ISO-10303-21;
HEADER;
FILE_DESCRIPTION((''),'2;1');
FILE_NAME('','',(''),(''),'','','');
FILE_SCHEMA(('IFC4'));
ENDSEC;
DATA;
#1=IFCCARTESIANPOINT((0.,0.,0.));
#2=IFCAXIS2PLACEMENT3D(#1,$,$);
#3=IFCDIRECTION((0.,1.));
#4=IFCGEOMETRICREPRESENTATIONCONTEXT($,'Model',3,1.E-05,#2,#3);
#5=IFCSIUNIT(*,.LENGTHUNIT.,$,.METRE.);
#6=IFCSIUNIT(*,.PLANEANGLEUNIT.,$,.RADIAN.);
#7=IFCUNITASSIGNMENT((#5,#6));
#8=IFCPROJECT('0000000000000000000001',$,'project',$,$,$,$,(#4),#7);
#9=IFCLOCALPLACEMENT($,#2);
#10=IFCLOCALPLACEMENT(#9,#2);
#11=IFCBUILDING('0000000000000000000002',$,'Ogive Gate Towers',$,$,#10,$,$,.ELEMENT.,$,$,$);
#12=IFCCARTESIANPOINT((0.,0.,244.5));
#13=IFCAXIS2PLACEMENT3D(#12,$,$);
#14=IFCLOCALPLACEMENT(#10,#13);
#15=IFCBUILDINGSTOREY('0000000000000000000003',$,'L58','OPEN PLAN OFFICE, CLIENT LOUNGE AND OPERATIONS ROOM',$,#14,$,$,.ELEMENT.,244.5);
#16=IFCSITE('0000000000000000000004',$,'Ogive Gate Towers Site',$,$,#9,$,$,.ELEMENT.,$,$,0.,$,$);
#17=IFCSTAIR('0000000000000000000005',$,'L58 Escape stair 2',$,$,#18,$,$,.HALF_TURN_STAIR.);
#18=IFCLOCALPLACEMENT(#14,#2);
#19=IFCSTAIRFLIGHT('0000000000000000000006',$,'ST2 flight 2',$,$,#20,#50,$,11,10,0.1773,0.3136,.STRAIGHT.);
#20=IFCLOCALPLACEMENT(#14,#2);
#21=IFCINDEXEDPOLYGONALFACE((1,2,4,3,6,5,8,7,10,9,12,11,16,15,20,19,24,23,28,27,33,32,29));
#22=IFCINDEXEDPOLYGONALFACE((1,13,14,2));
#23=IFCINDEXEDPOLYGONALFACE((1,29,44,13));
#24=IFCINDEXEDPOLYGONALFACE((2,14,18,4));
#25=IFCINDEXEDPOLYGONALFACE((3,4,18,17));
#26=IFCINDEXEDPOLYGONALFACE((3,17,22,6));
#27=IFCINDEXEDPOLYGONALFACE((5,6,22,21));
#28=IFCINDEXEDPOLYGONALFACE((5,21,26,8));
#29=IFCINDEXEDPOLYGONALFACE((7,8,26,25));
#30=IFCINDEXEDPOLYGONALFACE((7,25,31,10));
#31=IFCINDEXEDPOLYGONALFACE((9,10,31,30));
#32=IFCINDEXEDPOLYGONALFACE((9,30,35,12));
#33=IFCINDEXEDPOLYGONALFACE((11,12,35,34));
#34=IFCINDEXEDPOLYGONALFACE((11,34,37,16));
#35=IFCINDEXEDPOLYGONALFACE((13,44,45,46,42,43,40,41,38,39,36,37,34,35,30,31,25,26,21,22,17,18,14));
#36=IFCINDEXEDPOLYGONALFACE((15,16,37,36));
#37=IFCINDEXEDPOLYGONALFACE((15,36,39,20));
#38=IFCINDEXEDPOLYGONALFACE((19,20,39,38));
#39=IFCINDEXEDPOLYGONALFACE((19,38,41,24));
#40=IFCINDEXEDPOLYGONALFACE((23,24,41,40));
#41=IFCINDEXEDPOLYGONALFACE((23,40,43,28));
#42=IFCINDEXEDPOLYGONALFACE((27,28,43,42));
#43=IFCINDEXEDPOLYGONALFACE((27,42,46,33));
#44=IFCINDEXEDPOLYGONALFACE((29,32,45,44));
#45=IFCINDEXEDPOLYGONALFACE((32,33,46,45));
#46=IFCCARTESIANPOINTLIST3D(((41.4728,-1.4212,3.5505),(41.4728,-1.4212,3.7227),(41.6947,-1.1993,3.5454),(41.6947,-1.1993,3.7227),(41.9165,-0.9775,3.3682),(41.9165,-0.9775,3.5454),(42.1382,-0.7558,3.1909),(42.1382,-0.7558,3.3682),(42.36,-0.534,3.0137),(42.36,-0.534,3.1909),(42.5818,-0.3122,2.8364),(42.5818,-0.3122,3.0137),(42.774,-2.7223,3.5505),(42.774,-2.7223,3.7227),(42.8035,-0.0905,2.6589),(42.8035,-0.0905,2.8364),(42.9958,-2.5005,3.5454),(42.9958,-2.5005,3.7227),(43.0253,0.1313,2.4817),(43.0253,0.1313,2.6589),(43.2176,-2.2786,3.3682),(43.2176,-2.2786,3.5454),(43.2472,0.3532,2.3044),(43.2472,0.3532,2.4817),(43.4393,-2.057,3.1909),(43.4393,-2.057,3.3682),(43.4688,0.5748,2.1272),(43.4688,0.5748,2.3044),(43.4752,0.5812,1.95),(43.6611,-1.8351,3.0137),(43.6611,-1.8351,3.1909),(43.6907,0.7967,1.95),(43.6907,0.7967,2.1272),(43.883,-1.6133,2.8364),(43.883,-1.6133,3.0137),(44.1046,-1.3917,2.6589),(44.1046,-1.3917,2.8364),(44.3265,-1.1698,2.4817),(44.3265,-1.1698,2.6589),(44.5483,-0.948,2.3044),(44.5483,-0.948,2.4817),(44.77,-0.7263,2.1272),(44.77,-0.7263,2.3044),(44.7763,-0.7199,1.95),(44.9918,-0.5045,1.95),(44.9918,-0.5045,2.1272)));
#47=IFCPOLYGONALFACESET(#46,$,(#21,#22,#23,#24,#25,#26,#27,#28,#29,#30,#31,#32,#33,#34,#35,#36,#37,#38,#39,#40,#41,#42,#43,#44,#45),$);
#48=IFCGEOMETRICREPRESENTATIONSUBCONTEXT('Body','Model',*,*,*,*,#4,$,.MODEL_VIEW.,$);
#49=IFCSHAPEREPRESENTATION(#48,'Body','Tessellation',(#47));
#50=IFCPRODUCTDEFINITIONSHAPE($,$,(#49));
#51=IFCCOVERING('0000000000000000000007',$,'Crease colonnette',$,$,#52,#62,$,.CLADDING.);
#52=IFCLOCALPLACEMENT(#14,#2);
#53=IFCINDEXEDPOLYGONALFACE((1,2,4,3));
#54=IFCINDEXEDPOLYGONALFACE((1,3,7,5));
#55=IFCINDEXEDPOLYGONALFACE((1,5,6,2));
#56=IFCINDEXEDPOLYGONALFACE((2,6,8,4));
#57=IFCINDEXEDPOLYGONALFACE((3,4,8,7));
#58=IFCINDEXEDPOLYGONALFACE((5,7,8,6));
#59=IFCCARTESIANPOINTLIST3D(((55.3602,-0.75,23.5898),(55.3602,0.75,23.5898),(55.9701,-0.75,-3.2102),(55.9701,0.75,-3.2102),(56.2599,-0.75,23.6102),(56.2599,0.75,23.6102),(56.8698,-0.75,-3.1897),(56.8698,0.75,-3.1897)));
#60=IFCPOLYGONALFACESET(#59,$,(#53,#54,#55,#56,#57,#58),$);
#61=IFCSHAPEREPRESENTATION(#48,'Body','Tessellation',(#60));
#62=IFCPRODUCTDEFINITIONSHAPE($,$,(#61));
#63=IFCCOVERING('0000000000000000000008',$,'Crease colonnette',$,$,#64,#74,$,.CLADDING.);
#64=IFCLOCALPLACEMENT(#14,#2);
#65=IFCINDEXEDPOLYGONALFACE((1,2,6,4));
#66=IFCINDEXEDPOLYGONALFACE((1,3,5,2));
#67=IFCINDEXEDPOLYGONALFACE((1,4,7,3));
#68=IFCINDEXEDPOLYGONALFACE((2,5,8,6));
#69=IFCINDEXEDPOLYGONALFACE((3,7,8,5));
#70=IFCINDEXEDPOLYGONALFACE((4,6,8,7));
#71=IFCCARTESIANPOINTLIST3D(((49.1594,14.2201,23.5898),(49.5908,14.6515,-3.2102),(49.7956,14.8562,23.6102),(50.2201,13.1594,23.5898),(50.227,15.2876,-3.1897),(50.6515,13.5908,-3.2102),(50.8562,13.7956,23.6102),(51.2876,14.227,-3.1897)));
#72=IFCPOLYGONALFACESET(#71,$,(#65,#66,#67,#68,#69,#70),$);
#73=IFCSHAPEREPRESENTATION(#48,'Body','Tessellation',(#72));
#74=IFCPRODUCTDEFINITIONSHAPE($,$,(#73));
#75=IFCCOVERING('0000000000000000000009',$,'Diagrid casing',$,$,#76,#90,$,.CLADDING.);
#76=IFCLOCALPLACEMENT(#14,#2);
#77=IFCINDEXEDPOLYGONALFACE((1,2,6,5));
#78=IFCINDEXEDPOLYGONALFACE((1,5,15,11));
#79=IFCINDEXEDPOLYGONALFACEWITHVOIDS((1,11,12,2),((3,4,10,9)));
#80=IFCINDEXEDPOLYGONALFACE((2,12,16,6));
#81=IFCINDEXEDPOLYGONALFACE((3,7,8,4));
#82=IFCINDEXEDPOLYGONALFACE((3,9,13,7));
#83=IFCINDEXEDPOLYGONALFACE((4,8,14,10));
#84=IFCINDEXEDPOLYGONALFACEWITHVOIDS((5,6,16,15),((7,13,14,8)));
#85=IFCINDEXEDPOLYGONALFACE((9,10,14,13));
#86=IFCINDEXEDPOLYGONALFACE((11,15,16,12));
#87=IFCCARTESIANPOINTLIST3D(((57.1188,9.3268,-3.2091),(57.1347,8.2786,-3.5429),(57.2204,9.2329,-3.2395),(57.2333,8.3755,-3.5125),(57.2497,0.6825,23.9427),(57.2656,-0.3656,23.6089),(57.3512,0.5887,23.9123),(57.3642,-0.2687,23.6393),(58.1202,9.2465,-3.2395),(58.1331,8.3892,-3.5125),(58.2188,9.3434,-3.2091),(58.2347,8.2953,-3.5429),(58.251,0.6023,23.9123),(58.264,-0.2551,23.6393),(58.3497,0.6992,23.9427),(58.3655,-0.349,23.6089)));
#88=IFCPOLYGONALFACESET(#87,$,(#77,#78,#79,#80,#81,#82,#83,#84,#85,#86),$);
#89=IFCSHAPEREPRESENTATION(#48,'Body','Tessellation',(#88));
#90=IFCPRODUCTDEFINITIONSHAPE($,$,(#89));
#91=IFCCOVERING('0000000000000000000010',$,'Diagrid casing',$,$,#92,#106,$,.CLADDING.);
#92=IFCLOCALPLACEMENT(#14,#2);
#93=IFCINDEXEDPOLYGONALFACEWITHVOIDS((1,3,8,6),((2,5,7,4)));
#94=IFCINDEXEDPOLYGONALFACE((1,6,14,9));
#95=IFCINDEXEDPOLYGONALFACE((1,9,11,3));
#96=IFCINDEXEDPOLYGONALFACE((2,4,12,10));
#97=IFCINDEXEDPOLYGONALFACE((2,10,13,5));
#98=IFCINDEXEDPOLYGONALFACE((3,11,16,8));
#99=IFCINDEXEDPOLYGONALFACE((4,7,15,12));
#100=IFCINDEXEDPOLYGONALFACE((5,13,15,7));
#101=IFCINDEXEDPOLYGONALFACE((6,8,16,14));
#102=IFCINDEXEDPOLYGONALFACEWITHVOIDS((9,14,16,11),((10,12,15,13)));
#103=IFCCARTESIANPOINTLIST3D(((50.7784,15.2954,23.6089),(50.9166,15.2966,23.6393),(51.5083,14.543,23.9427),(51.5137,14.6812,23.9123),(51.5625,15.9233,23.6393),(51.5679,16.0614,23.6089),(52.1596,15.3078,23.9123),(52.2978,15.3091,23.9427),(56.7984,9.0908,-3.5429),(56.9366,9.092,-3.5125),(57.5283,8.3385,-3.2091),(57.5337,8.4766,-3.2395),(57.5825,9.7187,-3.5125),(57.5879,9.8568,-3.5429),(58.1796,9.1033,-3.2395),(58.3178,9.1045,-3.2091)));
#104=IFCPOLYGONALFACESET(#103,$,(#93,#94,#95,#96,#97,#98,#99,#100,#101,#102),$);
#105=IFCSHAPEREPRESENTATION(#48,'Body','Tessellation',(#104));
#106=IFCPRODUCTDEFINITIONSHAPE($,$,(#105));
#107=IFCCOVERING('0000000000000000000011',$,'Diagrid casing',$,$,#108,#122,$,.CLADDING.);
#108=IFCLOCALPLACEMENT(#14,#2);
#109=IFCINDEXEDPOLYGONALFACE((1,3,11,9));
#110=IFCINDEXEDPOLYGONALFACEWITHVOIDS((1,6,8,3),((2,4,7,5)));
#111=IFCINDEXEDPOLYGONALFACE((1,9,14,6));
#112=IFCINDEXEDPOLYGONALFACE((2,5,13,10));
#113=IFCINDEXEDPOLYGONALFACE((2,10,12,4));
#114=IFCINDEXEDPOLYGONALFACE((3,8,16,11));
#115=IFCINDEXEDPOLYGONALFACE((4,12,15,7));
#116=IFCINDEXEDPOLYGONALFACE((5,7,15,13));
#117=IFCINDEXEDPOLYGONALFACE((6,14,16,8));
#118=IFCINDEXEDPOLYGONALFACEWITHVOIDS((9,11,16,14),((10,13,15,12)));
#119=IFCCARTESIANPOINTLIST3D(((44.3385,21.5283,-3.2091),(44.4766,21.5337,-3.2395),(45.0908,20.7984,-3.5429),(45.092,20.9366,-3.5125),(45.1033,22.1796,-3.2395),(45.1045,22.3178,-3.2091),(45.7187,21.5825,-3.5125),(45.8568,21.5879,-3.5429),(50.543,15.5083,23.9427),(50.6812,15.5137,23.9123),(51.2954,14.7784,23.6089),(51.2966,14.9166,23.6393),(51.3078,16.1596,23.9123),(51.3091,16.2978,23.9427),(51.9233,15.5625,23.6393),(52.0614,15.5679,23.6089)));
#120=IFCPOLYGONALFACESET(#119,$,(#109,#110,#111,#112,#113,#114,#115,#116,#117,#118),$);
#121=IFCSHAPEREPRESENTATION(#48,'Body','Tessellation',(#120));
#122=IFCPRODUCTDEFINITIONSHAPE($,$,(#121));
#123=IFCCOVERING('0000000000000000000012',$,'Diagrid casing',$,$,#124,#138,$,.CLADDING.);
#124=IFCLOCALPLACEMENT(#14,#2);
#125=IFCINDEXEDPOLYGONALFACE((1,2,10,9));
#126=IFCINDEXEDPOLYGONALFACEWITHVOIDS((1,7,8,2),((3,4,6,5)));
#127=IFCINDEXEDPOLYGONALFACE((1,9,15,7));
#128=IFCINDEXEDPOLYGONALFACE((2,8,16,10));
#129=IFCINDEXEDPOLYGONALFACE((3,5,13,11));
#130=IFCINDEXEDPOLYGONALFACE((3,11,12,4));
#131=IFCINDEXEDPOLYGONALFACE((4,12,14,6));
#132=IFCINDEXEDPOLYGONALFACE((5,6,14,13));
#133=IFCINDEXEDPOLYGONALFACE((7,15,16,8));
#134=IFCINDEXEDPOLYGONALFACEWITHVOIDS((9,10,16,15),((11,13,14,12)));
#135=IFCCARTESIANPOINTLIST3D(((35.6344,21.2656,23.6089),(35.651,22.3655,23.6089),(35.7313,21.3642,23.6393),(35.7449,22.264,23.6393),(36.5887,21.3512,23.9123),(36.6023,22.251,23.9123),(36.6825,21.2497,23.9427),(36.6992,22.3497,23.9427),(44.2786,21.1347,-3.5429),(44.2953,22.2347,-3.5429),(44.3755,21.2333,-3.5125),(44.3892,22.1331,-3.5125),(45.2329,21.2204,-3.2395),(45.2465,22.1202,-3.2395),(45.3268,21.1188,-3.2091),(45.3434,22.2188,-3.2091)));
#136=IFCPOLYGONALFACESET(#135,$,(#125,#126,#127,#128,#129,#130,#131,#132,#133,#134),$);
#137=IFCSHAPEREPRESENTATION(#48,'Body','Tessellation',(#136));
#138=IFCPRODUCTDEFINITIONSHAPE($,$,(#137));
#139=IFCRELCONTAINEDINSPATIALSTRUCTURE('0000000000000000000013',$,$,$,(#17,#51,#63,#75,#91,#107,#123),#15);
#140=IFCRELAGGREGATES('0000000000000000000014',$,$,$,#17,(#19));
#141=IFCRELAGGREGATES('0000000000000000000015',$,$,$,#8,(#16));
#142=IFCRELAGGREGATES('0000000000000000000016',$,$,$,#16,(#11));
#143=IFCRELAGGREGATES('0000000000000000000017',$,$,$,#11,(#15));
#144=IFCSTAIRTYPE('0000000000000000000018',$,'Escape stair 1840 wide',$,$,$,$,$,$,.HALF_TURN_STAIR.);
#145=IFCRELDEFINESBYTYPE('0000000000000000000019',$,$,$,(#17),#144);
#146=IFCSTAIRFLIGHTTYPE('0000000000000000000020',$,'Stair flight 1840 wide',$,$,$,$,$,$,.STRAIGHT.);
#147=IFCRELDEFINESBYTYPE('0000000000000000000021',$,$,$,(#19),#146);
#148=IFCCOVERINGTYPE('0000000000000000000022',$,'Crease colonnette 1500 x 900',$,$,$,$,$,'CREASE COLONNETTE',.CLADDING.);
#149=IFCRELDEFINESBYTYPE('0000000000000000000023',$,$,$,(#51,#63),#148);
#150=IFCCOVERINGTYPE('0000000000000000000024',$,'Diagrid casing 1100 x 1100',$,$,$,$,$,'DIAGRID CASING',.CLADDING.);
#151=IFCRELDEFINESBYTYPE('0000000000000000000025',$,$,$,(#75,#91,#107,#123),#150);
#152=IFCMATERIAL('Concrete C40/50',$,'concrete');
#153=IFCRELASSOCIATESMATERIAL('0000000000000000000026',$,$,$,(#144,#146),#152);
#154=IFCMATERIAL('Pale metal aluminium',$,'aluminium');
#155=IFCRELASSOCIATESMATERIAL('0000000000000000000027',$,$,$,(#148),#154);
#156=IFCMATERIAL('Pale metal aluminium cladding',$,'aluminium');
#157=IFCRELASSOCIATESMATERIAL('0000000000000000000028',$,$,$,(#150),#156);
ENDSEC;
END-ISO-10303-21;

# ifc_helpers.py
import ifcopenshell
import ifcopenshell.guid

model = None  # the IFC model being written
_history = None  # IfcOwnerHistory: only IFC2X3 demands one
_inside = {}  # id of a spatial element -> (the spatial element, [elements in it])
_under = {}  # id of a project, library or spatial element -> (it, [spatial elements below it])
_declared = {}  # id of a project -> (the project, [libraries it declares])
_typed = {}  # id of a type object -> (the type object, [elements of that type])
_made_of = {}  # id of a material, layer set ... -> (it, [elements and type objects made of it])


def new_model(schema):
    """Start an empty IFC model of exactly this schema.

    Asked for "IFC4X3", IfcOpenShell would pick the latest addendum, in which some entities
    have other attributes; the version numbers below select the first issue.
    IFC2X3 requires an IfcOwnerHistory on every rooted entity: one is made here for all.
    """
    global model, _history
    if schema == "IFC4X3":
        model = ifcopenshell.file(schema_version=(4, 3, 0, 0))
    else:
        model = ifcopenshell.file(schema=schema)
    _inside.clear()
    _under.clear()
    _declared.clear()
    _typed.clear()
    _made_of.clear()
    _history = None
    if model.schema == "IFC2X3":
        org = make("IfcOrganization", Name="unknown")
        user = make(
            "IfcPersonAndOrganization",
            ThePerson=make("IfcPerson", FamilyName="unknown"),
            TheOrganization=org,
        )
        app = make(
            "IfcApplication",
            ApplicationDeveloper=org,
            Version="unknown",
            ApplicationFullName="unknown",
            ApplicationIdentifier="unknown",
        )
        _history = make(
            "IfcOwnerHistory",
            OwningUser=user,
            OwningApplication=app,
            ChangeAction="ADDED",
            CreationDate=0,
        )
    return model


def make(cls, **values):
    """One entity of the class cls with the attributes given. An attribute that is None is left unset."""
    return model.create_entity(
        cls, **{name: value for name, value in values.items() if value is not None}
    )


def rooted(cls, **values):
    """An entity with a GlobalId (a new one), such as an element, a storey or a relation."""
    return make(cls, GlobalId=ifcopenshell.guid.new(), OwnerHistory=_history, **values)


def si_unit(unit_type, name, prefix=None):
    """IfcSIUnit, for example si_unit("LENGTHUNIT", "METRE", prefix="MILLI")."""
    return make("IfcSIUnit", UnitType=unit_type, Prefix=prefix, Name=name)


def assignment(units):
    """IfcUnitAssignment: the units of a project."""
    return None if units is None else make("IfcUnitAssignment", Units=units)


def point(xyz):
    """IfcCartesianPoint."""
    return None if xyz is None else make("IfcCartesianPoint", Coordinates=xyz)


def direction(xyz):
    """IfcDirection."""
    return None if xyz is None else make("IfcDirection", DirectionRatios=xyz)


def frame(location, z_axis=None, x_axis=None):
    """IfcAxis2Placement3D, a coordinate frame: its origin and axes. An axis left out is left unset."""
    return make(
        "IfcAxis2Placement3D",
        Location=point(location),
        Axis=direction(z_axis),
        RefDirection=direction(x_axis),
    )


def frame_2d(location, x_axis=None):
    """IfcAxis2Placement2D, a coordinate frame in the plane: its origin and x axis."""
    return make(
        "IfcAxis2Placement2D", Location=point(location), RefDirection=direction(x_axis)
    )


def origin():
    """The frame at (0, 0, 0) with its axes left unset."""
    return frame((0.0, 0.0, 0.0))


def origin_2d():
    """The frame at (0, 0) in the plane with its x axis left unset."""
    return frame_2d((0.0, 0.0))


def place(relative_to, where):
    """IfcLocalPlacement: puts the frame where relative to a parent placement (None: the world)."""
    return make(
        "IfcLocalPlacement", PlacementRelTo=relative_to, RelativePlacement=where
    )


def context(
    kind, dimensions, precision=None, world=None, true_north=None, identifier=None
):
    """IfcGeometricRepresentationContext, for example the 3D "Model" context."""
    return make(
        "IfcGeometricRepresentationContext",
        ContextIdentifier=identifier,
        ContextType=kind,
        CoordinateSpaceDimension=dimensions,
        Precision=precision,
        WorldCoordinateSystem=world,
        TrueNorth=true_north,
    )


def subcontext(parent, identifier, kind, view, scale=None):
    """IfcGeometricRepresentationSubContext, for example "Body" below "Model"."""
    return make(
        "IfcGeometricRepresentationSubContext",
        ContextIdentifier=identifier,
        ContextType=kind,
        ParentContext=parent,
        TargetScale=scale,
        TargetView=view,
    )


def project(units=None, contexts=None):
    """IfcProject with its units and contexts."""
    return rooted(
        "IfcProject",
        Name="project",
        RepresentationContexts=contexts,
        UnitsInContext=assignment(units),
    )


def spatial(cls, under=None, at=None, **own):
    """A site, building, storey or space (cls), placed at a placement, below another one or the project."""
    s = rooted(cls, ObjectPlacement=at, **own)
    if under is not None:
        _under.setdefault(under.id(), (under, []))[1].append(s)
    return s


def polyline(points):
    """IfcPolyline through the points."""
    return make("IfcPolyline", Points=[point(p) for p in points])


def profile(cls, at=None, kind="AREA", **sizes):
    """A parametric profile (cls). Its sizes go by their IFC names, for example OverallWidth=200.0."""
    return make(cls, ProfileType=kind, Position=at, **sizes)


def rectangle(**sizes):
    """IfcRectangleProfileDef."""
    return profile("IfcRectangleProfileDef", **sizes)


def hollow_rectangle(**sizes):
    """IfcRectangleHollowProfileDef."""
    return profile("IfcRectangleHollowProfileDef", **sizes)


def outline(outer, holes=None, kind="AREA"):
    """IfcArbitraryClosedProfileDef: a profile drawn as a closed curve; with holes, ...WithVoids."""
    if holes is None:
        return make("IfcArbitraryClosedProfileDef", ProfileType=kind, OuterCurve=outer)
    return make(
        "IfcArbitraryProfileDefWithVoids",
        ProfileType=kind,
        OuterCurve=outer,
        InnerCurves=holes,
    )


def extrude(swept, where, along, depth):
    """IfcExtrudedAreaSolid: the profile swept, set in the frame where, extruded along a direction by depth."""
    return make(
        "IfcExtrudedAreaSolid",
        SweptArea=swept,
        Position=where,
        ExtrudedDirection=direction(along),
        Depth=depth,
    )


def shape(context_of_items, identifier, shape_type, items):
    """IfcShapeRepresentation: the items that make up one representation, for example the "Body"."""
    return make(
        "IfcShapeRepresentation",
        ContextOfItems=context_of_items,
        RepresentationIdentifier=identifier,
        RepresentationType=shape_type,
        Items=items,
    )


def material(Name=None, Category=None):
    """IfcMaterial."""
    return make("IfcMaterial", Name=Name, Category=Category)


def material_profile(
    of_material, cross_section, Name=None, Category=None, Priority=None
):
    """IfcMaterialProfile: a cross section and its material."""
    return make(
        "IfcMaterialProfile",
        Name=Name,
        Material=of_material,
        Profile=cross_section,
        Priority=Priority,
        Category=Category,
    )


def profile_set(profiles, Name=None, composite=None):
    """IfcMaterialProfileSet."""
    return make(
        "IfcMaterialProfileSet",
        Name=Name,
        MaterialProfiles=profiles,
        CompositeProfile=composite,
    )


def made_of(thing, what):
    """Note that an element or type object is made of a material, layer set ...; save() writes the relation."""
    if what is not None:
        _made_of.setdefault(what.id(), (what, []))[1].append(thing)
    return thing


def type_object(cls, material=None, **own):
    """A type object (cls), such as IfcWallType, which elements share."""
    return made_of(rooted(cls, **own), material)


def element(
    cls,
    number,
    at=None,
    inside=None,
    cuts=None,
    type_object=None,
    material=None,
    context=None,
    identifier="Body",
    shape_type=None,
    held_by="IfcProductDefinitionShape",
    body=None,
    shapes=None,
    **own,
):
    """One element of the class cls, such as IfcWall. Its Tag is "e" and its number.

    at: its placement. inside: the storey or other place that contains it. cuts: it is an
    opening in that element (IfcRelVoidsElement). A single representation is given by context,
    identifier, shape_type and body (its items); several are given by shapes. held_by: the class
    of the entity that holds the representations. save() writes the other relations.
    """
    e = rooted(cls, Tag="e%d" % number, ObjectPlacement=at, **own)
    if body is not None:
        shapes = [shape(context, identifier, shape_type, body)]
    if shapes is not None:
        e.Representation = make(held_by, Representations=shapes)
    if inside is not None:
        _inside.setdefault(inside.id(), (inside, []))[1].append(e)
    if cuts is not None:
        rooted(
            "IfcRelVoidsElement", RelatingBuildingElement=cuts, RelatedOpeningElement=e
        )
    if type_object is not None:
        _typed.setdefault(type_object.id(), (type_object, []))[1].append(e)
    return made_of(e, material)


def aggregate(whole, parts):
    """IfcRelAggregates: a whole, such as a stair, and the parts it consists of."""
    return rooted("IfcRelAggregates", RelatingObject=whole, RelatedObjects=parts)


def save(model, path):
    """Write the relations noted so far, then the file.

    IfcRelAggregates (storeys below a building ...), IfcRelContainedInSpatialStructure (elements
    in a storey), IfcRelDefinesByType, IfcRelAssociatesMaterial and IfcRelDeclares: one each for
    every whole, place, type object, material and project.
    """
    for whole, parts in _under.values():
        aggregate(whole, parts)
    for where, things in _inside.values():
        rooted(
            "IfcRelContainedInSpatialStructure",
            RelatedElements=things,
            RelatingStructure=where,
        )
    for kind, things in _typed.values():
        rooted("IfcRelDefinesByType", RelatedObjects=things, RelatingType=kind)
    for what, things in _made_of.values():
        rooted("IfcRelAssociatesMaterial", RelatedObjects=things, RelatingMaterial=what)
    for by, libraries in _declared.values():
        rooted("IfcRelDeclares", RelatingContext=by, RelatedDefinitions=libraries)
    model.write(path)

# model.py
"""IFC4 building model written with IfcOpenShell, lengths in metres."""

from ifc_helpers import new_model, si_unit, direction, frame, origin, origin_2d, place, context, subcontext, project, spatial, polyline, rectangle, hollow_rectangle, outline, extrude, material, material_profile, profile_set, type_object, element, aggregate, save


model = new_model("IFC4")

# Units and contexts
model_context = context("Model", 3, precision=1e-05, world=origin(), true_north=direction((0.0, 1.0)))
body_context = subcontext(model_context, "Body", "Model", "MODEL_VIEW")
ifc_project = project(units=[si_unit("LENGTHUNIT", "METRE"), si_unit("PLANEANGLEUNIT", "RADIAN")], contexts=[model_context])

# Site, building, storey
site_placement = place(None, origin())
site = spatial("IfcSite", under=ifc_project, at=site_placement, Name="Ogive Gate Towers Site", CompositionType="ELEMENT", RefElevation=0.0)
building_placement = place(site_placement, origin())
building = spatial("IfcBuilding", under=site, at=building_placement, Name="Ogive Gate Towers", CompositionType="ELEMENT")
storey_placement = place(building_placement, frame((0.0, 0.0, 244.5)))
storey = spatial("IfcBuildingStorey", under=building, at=storey_placement, Name="L58", Description="OPEN PLAN OFFICE, CLIENT LOUNGE AND OPERATIONS ROOM", CompositionType="ELEMENT", Elevation=244.5)

# Shared definitions
ifc_material_1 = material(Name="Concrete C40/50", Category="concrete")

# Stair, stair flight
stair_type = type_object("IfcStairType", Name="Escape stair 1840 wide", PredefinedType="HALF_TURN_STAIR", material=ifc_material_1)
stair_placement = place(storey_placement, origin())
stair = element("IfcStair", 1, at=stair_placement, inside=storey, type_object=stair_type, Name="L58 Escape stair 2", PredefinedType="HALF_TURN_STAIR")
stair_flight_type = type_object("IfcStairFlightType", Name="Stair flight 1840 wide", PredefinedType="STRAIGHT", material=ifc_material_1)
stair_flight_placement = place(storey_placement, frame((44.3413, 0.146, 1.95), z_axis=(0.0, 0.0, 1.0), x_axis=(-0.707107, -0.707107, 0.0)))
stair_flight = element("IfcStairFlight", 2, at=stair_flight_placement, type_object=stair_flight_type, Name="ST2 flight 2", NumberOfRisers=11, NumberOfTreads=10, PredefinedType="STRAIGHT", RiserHeight=0.1773, TreadLength=0.3136, context=body_context, shape_type="SweptSolid", body=[
    extrude(outline(polyline([(0.0, 0.0), (0.0, 0.1772), (0.3137, 0.1772), (0.3137, 0.3545), (0.6272, 0.3545), (0.6272, 0.5317), (0.9409, 0.5317), (0.9409, 0.709), (1.2546, 0.709), (1.2546, 0.8865), (1.5681, 0.8865), (1.5681, 1.0637), (1.8818, 1.0637), (1.8818, 1.241), (2.1956, 1.241), (2.1956, 1.4182), (2.509, 1.4182), (2.509, 1.5955), (2.8228, 1.5955), (2.8228, 1.7727), (3.1365, 1.7727), (3.1365, 1.95), (3.1365, 1.6006), (0.3047, 0.0), (0.0, 0.0)])), frame((0.0, 0.9199, 0.0), z_axis=(0.0, -1.0, 0.0), x_axis=(1.0, 0.0, 0.0)), (0.0, 0.0, 1.0), 1.8401),
])
aggregate(stair, [stair_flight])

# Coverings
ifc_material_2 = material(Name="Pale metal aluminium", Category="aluminium")
ifc_material_profile_1 = material_profile(ifc_material_2, rectangle(XDim=1.5, YDim=0.8999, at=origin_2d()), Name="1500 x 900 pale metal aluminium")
ifc_profile_set_1 = profile_set([ifc_material_profile_1], Name="Pale metal aluminium")
covering_type_1 = type_object("IfcCoveringType", Name="Crease colonnette 1500 x 900", ElementType="CREASE COLONNETTE", PredefinedType="CLADDING", material=ifc_profile_set_1)
for number, where, z_axis, x_axis, name in (
    (3, (56.4199, 0.0, -3.2), (-0.02275, 0.0, 0.999741), (0.0, -1.0, 0.0), "Crease colonnette"),
    (4, (50.4392, 14.4392, -3.2), (-0.016093, -0.016093, 0.999741), (0.707107, -0.707107, 0.0), "Crease colonnette"),
):
    element("IfcCovering", number, at=place(storey_placement, frame(where, z_axis=z_axis, x_axis=x_axis)), inside=storey, type_object=covering_type_1, Name=name, PredefinedType="CLADDING", context=body_context, shape_type="SweptSolid", body=[
        extrude(rectangle(XDim=1.5, YDim=0.8999, at=origin_2d()), origin(), (0.0, 0.0, 1.0), 26.8069),
    ])
ifc_material_3 = material(Name="Pale metal aluminium cladding", Category="aluminium")
ifc_material_profile_2 = material_profile(ifc_material_3, hollow_rectangle(XDim=1.1001, YDim=1.1001, WallThickness=0.1001, at=origin_2d()), Name="1100 x 1100 pale metal casing")
ifc_profile_set_2 = profile_set([ifc_material_profile_2], Name="Pale metal aluminium cladding")
covering_type_2 = type_object("IfcCoveringType", Name="Diagrid casing 1100 x 1100", ElementType="DIAGRID CASING", PredefinedType="CLADDING", material=ifc_profile_set_2)
for number, where, z_axis, x_axis, name in (
    (5, (57.6768, 8.811, -3.376), (0.004592, -0.303362, 0.952864), (0.999885, 0.015137, 0.0), "Diagrid casing"),
    (6, (57.5581, 9.0977, -3.376), (-0.211266, 0.217744, 0.952866), (-0.717701, -0.696351, 0.0), "Diagrid casing"),
    (7, (45.0977, 21.5581, -3.376), (0.217744, -0.211266, 0.952866), (0.696351, 0.717701, 0.0), "Diagrid casing"),
    (8, (44.811, 21.6768, -3.376), (-0.303362, 0.004592, 0.952864), (-0.015137, -0.999885, 0.0), "Diagrid casing"),
):
    element("IfcCovering", number, at=place(storey_placement, frame(where, z_axis=z_axis, x_axis=x_axis)), inside=storey, type_object=covering_type_2, Name=name, PredefinedType="CLADDING", context=body_context, shape_type="SweptSolid", body=[
        extrude(hollow_rectangle(XDim=1.1001, YDim=1.1001, WallThickness=0.1001, at=origin_2d()), origin(), (0.0, 0.0, 1.0), 28.4949),
    ])

save(model, "model.ifc")
